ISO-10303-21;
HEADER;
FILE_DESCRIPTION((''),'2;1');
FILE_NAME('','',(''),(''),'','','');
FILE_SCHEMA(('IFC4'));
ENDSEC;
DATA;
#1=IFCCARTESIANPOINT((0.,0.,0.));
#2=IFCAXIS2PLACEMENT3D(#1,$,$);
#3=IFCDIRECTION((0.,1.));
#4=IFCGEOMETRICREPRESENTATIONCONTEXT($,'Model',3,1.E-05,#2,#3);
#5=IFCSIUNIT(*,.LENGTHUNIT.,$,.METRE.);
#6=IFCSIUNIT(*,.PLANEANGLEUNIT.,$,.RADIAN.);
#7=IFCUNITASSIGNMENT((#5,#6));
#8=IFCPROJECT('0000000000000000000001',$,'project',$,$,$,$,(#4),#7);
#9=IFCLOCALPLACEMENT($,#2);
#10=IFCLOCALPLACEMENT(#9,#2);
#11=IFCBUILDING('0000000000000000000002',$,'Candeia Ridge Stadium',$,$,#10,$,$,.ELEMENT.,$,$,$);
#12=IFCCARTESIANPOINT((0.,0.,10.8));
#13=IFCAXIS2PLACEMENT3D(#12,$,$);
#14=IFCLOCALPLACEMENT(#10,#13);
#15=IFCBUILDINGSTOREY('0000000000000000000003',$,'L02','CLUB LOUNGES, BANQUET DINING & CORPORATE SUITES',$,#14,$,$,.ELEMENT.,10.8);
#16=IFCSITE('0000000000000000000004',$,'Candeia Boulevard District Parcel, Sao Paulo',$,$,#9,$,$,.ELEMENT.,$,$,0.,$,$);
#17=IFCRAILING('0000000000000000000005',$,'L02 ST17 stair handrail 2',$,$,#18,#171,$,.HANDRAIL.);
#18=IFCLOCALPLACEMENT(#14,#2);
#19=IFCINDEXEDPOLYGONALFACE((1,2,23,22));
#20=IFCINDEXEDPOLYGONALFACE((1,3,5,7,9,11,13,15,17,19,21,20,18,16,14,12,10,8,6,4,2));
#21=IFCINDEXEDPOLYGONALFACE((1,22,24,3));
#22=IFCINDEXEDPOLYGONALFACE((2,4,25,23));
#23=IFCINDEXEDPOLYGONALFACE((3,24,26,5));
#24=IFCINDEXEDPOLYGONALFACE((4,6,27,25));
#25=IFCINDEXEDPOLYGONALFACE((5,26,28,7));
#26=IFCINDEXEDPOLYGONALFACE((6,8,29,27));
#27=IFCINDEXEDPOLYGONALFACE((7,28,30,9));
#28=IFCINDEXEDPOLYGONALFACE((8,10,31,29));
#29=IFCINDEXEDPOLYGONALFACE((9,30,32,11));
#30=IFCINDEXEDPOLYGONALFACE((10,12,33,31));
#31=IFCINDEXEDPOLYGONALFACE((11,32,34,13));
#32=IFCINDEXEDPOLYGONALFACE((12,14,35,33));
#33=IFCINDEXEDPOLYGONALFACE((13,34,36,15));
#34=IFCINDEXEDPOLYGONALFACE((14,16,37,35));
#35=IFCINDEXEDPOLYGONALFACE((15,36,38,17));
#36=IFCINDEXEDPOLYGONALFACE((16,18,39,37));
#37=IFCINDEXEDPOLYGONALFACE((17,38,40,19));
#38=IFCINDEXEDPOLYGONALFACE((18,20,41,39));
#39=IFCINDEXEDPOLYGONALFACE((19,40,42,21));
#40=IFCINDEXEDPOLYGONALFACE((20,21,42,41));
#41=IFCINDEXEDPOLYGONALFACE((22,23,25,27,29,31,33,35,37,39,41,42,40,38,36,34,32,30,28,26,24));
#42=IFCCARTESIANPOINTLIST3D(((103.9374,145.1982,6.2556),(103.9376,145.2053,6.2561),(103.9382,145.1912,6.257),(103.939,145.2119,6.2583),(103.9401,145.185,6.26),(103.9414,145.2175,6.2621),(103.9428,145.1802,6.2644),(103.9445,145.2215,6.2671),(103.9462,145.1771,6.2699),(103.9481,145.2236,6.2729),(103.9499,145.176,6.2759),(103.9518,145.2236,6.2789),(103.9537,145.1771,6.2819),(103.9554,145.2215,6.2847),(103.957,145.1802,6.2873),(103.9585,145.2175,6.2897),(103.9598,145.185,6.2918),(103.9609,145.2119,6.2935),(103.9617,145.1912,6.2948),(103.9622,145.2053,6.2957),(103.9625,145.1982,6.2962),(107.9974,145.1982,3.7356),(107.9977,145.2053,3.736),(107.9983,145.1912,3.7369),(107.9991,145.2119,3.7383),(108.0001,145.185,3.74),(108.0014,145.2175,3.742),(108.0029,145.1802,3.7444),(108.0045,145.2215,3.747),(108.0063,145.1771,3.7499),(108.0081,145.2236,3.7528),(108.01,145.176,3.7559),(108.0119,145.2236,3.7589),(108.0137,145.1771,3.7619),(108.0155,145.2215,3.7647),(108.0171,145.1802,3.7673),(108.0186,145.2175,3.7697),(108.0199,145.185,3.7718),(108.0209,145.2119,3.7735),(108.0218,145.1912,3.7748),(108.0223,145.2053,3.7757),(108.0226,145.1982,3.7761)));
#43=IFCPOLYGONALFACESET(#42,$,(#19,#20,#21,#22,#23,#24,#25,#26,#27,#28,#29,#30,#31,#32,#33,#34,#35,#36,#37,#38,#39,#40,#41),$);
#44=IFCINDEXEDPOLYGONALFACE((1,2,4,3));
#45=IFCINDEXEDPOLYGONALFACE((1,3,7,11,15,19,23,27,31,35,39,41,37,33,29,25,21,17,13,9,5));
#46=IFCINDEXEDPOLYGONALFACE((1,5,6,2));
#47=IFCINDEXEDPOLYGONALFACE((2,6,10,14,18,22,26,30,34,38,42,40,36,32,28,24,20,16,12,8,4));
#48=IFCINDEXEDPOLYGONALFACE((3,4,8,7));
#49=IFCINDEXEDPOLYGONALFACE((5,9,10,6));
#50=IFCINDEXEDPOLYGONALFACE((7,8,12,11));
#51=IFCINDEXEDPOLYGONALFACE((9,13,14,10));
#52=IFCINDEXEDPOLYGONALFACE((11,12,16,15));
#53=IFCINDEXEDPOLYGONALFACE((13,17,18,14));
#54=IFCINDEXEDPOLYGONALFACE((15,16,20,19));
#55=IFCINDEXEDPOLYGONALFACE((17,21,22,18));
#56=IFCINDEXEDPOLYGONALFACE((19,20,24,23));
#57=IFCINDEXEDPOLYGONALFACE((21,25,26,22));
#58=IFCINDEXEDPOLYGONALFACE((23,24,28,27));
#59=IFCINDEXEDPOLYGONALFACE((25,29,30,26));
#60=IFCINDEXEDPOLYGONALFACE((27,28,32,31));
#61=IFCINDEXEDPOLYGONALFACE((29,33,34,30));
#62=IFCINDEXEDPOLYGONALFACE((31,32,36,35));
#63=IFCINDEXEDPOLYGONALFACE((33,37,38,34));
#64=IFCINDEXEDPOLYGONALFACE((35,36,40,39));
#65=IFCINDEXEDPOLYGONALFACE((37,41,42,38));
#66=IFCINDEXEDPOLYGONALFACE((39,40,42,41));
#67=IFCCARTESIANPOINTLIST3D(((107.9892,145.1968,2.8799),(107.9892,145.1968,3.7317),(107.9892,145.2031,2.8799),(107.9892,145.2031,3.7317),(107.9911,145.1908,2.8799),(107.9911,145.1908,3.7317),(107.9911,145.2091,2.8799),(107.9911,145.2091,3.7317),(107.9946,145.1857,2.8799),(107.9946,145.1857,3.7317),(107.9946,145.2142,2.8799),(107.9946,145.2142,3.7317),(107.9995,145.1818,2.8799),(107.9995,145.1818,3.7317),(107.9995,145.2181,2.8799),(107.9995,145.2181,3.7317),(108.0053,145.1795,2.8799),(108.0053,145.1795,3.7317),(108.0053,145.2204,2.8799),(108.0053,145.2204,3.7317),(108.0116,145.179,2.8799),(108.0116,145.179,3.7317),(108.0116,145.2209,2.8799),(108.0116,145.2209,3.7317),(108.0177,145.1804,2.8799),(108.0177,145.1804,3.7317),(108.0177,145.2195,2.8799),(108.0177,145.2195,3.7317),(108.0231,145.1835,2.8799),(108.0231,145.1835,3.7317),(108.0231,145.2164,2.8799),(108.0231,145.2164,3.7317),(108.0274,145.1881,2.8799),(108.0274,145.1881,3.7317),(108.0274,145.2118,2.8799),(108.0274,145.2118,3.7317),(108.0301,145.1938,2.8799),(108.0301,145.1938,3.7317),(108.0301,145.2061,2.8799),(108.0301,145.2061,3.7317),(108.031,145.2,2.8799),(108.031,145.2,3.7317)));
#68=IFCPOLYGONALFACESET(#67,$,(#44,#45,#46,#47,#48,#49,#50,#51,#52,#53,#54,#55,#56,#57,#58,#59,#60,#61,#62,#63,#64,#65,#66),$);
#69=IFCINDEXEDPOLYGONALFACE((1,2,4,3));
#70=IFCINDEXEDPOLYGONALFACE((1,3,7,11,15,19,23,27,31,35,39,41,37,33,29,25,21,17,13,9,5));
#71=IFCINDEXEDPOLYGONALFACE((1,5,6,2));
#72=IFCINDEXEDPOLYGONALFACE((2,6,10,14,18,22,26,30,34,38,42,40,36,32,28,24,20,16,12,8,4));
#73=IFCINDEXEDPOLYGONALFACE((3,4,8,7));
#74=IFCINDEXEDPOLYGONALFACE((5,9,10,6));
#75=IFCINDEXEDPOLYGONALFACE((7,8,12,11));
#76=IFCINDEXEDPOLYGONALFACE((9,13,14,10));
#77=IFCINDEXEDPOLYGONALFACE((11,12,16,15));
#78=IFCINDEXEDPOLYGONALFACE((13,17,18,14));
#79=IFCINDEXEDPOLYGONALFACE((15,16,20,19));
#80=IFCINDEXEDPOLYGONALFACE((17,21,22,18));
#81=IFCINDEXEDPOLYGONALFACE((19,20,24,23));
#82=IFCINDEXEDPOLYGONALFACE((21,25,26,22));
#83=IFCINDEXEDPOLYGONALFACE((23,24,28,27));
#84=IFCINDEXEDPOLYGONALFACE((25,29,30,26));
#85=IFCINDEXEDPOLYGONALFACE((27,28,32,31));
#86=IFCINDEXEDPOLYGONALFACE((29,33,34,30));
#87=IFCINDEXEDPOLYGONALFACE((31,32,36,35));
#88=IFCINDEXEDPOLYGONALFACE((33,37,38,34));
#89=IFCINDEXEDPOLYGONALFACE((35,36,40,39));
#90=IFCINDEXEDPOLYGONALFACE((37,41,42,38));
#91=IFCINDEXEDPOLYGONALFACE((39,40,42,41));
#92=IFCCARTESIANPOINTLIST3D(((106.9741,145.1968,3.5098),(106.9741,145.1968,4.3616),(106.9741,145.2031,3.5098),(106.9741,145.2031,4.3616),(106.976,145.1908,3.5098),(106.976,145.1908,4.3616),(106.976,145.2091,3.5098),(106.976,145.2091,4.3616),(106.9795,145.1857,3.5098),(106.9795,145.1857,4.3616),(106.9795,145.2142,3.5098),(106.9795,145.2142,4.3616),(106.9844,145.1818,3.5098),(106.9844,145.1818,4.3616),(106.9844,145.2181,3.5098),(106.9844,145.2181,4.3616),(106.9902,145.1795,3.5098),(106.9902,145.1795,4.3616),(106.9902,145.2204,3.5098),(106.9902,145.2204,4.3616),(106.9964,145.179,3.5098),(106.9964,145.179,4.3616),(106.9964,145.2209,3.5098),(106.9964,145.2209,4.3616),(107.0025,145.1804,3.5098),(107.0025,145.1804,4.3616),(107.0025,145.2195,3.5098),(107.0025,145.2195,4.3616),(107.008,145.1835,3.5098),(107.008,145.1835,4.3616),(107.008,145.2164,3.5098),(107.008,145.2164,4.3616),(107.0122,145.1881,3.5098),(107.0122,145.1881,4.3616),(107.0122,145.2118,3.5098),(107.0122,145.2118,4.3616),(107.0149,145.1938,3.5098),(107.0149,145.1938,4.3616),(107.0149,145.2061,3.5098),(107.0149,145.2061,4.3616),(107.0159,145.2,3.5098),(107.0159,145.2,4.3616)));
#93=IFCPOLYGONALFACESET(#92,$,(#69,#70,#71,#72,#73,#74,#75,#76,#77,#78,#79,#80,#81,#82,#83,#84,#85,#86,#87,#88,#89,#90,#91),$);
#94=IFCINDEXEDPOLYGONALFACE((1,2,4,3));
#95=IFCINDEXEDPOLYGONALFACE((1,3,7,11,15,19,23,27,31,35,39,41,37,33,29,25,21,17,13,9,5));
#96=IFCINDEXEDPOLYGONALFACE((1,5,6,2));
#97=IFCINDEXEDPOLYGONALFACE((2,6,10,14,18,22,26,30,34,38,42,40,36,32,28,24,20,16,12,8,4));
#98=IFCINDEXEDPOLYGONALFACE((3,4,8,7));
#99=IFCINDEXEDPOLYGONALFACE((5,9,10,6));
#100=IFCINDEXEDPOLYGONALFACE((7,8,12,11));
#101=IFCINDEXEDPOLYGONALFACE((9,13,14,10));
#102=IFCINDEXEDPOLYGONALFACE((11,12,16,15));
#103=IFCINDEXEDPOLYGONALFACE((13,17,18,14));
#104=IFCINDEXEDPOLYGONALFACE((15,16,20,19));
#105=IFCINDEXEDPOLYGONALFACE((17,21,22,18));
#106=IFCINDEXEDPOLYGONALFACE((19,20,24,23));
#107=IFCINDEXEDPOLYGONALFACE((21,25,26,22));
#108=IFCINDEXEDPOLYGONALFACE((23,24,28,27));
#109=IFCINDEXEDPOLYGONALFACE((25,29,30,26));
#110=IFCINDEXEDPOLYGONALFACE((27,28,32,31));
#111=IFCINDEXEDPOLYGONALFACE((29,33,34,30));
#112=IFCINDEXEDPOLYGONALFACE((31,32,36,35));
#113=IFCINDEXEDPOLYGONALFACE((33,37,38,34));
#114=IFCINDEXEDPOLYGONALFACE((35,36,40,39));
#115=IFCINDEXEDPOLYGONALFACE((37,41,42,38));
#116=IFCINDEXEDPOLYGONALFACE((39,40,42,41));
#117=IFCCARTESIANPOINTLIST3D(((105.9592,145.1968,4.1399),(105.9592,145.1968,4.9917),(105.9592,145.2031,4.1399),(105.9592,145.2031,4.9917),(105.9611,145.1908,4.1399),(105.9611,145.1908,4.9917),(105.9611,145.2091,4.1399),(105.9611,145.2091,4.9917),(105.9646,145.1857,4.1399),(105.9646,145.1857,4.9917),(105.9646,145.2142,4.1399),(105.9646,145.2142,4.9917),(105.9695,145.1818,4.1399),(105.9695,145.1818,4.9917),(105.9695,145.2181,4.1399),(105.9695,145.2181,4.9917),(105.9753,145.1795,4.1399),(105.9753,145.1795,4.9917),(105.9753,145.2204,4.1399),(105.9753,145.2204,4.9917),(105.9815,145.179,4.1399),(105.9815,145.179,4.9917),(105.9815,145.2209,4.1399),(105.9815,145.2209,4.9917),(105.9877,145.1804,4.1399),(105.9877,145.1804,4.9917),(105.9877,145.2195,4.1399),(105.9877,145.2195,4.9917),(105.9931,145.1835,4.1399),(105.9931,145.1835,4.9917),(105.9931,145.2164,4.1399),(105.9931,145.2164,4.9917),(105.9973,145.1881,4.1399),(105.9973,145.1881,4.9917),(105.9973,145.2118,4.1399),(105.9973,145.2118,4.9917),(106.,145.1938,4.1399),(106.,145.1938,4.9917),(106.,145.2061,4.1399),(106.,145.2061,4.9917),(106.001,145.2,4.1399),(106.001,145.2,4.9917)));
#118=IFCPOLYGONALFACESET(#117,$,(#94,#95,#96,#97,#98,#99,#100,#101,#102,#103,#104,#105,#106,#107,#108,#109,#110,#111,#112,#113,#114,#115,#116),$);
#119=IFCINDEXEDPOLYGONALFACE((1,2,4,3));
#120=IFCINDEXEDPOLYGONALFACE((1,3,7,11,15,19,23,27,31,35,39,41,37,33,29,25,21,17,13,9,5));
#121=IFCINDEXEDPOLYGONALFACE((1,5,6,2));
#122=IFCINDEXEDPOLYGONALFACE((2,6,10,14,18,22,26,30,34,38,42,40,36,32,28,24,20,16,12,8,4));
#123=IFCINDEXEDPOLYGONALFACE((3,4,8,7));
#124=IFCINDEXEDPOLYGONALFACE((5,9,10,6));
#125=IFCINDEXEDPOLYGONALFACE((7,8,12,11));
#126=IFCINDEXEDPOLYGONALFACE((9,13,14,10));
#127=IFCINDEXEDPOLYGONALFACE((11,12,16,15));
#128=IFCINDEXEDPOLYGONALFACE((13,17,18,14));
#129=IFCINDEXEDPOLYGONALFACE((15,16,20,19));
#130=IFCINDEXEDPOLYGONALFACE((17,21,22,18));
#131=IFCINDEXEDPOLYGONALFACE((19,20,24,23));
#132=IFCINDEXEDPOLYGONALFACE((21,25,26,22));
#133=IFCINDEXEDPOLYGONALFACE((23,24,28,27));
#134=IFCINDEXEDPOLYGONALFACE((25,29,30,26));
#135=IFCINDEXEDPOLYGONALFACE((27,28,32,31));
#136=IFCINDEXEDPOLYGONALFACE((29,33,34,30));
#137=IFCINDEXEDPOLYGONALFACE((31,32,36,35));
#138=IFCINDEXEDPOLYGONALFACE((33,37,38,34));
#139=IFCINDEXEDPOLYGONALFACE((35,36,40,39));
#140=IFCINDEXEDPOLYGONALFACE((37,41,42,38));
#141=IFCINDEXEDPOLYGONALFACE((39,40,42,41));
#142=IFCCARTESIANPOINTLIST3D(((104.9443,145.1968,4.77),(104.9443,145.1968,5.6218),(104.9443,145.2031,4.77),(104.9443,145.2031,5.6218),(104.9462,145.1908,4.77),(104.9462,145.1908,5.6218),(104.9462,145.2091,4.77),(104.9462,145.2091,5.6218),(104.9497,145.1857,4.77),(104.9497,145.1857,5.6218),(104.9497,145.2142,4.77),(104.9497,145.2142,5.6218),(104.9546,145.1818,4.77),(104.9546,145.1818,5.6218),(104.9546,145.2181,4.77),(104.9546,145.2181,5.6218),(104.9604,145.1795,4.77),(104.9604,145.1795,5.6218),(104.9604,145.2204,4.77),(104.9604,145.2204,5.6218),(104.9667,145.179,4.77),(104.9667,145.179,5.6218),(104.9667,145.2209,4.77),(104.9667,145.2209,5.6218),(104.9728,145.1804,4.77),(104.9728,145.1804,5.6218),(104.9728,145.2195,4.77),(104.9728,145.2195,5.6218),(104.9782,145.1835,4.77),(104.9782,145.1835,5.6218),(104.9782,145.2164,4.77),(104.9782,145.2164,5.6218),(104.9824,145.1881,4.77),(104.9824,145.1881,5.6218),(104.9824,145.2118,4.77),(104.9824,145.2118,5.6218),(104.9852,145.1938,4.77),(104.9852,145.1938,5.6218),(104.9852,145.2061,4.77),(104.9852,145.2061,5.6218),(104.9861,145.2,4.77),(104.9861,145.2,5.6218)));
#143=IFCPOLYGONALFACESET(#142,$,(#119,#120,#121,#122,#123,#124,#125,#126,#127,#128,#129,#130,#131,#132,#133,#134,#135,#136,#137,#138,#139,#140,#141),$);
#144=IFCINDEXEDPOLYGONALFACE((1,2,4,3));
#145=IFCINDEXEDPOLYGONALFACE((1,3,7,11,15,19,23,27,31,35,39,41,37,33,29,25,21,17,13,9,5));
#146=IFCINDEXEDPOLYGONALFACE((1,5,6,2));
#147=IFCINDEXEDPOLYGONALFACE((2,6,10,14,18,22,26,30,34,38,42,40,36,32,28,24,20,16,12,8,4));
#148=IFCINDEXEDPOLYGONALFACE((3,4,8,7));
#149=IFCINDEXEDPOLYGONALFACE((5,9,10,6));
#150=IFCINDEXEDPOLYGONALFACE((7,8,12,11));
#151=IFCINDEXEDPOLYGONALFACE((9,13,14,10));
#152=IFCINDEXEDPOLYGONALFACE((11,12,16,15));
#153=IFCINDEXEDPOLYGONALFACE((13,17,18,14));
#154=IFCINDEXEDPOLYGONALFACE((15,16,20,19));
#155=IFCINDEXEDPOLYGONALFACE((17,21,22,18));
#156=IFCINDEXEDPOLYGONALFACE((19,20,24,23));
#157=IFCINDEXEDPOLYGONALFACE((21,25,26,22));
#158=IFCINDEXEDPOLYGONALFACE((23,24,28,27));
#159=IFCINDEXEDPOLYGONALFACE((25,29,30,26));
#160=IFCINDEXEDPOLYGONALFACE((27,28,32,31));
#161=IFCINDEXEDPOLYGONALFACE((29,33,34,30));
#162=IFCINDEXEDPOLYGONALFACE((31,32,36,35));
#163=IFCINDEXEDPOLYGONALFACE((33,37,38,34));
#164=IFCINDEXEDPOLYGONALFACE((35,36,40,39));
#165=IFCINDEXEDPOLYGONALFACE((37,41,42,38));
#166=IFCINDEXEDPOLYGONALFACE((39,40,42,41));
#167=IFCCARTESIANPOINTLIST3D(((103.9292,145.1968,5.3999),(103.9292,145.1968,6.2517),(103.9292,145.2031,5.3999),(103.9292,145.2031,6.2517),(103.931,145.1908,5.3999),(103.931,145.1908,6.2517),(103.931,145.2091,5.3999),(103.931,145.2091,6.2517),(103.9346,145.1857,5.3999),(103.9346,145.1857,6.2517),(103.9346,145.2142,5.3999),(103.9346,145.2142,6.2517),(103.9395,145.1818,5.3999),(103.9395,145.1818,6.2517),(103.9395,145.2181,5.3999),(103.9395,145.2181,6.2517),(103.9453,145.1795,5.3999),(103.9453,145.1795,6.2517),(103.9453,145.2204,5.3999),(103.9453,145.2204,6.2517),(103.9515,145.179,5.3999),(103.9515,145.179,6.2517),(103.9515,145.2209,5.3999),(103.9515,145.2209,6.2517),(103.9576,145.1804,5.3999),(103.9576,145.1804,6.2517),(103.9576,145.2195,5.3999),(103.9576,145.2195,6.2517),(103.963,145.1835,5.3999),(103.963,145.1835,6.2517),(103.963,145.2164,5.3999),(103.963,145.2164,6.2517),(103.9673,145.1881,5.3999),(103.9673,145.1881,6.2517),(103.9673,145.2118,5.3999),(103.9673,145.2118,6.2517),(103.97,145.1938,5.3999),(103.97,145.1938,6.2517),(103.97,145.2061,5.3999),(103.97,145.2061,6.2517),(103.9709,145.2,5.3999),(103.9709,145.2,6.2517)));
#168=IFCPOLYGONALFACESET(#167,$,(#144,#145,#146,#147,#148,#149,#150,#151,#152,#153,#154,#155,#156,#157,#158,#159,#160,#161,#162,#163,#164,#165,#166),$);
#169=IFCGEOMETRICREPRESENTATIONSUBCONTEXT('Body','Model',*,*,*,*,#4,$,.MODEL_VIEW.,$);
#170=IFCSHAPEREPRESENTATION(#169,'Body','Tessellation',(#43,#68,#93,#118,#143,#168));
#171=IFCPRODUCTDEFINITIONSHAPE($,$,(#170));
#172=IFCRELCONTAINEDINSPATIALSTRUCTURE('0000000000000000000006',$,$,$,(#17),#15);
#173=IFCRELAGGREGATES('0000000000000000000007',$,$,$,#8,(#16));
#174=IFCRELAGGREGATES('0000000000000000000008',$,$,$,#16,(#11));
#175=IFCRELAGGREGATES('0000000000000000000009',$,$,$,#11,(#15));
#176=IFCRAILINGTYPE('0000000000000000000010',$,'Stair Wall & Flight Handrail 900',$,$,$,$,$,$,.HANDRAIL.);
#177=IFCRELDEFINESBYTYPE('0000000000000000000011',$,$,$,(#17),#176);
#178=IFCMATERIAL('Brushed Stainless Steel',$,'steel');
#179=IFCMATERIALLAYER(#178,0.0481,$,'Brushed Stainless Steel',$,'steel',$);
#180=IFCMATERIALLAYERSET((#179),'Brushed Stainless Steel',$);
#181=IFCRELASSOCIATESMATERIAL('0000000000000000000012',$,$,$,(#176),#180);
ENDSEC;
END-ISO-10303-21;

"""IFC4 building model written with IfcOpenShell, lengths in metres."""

from ifc_helpers import new_model, si_unit, direction, frame, origin, origin_2d, place, context, subcontext, project, spatial, circle, extrude, material, layer, layer_set, type_object, element, save


model = new_model("IFC4")

# Units and contexts
model_context = context("Model", 3, precision=1e-05, world=origin(), true_north=direction((0.0, 1.0)))
body_context = subcontext(model_context, "Body", "Model", "MODEL_VIEW")
ifc_project = project(units=[si_unit("LENGTHUNIT", "METRE"), si_unit("PLANEANGLEUNIT", "RADIAN")], contexts=[model_context])

# Site, building, storey
site_placement = place(None, origin())
site = spatial("IfcSite", under=ifc_project, at=site_placement, Name="Candeia Boulevard District Parcel, Sao Paulo", CompositionType="ELEMENT", RefElevation=0.0)
building_placement = place(site_placement, origin())
building = spatial("IfcBuilding", under=site, at=building_placement, Name="Candeia Ridge Stadium", CompositionType="ELEMENT")
storey_placement = place(building_placement, frame((0.0, 0.0, 10.8)))
storey = spatial("IfcBuildingStorey", under=building, at=storey_placement, Name="L02", Description="CLUB LOUNGES, BANQUET DINING & CORPORATE SUITES", CompositionType="ELEMENT", Elevation=10.8)

# Railing
ifc_material_1 = material(Name="Brushed Stainless Steel", Category="steel")
ifc_layer_1 = layer(ifc_material_1, 0.0481, Name="Brushed Stainless Steel", Category="steel")
ifc_layer_set_1 = layer_set([ifc_layer_1], Name="Brushed Stainless Steel")
railing_type_1 = type_object("IfcRailingType", Name="Stair Wall & Flight Handrail 900", PredefinedType="HANDRAIL", material=ifc_layer_set_1)
railing_1_placement = place(storey_placement, frame((108.01, 145.2, 2.8799)))
element("IfcRailing", 1, at=railing_1_placement, inside=storey, type_object=railing_type_1, Name="L02 ST17 stair handrail 2", PredefinedType="HANDRAIL", context=body_context, shape_type="SweptSolid", body=[
    extrude(circle(Radius=0.0239, at=origin_2d()), frame((0.0, 0.0, 0.876), z_axis=(-0.849642, 0.0, 0.52736), x_axis=(0.0, -1.0, 0.0)), (0.0, 0.0, 1.0), 4.7786),
    extrude(circle(Radius=0.021, at=origin_2d()), origin(), (0.0, 0.0, 1.0), 0.8518),
    extrude(circle(Radius=0.021, at=origin_2d()), frame((-1.0151, 0.0, 0.6299)), (0.0, 0.0, 1.0), 0.8518),
    extrude(circle(Radius=0.021, at=origin_2d()), frame((-2.03, 0.0, 1.26)), (0.0, 0.0, 1.0), 0.8518),
    extrude(circle(Radius=0.021, at=origin_2d()), frame((-3.0449, 0.0, 1.8901)), (0.0, 0.0, 1.0), 0.8518),
    extrude(circle(Radius=0.021, at=origin_2d()), frame((-4.0601, 0.0, 2.52)), (0.0, 0.0, 1.0), 0.8518),
])

save(model, "model.ifc")
